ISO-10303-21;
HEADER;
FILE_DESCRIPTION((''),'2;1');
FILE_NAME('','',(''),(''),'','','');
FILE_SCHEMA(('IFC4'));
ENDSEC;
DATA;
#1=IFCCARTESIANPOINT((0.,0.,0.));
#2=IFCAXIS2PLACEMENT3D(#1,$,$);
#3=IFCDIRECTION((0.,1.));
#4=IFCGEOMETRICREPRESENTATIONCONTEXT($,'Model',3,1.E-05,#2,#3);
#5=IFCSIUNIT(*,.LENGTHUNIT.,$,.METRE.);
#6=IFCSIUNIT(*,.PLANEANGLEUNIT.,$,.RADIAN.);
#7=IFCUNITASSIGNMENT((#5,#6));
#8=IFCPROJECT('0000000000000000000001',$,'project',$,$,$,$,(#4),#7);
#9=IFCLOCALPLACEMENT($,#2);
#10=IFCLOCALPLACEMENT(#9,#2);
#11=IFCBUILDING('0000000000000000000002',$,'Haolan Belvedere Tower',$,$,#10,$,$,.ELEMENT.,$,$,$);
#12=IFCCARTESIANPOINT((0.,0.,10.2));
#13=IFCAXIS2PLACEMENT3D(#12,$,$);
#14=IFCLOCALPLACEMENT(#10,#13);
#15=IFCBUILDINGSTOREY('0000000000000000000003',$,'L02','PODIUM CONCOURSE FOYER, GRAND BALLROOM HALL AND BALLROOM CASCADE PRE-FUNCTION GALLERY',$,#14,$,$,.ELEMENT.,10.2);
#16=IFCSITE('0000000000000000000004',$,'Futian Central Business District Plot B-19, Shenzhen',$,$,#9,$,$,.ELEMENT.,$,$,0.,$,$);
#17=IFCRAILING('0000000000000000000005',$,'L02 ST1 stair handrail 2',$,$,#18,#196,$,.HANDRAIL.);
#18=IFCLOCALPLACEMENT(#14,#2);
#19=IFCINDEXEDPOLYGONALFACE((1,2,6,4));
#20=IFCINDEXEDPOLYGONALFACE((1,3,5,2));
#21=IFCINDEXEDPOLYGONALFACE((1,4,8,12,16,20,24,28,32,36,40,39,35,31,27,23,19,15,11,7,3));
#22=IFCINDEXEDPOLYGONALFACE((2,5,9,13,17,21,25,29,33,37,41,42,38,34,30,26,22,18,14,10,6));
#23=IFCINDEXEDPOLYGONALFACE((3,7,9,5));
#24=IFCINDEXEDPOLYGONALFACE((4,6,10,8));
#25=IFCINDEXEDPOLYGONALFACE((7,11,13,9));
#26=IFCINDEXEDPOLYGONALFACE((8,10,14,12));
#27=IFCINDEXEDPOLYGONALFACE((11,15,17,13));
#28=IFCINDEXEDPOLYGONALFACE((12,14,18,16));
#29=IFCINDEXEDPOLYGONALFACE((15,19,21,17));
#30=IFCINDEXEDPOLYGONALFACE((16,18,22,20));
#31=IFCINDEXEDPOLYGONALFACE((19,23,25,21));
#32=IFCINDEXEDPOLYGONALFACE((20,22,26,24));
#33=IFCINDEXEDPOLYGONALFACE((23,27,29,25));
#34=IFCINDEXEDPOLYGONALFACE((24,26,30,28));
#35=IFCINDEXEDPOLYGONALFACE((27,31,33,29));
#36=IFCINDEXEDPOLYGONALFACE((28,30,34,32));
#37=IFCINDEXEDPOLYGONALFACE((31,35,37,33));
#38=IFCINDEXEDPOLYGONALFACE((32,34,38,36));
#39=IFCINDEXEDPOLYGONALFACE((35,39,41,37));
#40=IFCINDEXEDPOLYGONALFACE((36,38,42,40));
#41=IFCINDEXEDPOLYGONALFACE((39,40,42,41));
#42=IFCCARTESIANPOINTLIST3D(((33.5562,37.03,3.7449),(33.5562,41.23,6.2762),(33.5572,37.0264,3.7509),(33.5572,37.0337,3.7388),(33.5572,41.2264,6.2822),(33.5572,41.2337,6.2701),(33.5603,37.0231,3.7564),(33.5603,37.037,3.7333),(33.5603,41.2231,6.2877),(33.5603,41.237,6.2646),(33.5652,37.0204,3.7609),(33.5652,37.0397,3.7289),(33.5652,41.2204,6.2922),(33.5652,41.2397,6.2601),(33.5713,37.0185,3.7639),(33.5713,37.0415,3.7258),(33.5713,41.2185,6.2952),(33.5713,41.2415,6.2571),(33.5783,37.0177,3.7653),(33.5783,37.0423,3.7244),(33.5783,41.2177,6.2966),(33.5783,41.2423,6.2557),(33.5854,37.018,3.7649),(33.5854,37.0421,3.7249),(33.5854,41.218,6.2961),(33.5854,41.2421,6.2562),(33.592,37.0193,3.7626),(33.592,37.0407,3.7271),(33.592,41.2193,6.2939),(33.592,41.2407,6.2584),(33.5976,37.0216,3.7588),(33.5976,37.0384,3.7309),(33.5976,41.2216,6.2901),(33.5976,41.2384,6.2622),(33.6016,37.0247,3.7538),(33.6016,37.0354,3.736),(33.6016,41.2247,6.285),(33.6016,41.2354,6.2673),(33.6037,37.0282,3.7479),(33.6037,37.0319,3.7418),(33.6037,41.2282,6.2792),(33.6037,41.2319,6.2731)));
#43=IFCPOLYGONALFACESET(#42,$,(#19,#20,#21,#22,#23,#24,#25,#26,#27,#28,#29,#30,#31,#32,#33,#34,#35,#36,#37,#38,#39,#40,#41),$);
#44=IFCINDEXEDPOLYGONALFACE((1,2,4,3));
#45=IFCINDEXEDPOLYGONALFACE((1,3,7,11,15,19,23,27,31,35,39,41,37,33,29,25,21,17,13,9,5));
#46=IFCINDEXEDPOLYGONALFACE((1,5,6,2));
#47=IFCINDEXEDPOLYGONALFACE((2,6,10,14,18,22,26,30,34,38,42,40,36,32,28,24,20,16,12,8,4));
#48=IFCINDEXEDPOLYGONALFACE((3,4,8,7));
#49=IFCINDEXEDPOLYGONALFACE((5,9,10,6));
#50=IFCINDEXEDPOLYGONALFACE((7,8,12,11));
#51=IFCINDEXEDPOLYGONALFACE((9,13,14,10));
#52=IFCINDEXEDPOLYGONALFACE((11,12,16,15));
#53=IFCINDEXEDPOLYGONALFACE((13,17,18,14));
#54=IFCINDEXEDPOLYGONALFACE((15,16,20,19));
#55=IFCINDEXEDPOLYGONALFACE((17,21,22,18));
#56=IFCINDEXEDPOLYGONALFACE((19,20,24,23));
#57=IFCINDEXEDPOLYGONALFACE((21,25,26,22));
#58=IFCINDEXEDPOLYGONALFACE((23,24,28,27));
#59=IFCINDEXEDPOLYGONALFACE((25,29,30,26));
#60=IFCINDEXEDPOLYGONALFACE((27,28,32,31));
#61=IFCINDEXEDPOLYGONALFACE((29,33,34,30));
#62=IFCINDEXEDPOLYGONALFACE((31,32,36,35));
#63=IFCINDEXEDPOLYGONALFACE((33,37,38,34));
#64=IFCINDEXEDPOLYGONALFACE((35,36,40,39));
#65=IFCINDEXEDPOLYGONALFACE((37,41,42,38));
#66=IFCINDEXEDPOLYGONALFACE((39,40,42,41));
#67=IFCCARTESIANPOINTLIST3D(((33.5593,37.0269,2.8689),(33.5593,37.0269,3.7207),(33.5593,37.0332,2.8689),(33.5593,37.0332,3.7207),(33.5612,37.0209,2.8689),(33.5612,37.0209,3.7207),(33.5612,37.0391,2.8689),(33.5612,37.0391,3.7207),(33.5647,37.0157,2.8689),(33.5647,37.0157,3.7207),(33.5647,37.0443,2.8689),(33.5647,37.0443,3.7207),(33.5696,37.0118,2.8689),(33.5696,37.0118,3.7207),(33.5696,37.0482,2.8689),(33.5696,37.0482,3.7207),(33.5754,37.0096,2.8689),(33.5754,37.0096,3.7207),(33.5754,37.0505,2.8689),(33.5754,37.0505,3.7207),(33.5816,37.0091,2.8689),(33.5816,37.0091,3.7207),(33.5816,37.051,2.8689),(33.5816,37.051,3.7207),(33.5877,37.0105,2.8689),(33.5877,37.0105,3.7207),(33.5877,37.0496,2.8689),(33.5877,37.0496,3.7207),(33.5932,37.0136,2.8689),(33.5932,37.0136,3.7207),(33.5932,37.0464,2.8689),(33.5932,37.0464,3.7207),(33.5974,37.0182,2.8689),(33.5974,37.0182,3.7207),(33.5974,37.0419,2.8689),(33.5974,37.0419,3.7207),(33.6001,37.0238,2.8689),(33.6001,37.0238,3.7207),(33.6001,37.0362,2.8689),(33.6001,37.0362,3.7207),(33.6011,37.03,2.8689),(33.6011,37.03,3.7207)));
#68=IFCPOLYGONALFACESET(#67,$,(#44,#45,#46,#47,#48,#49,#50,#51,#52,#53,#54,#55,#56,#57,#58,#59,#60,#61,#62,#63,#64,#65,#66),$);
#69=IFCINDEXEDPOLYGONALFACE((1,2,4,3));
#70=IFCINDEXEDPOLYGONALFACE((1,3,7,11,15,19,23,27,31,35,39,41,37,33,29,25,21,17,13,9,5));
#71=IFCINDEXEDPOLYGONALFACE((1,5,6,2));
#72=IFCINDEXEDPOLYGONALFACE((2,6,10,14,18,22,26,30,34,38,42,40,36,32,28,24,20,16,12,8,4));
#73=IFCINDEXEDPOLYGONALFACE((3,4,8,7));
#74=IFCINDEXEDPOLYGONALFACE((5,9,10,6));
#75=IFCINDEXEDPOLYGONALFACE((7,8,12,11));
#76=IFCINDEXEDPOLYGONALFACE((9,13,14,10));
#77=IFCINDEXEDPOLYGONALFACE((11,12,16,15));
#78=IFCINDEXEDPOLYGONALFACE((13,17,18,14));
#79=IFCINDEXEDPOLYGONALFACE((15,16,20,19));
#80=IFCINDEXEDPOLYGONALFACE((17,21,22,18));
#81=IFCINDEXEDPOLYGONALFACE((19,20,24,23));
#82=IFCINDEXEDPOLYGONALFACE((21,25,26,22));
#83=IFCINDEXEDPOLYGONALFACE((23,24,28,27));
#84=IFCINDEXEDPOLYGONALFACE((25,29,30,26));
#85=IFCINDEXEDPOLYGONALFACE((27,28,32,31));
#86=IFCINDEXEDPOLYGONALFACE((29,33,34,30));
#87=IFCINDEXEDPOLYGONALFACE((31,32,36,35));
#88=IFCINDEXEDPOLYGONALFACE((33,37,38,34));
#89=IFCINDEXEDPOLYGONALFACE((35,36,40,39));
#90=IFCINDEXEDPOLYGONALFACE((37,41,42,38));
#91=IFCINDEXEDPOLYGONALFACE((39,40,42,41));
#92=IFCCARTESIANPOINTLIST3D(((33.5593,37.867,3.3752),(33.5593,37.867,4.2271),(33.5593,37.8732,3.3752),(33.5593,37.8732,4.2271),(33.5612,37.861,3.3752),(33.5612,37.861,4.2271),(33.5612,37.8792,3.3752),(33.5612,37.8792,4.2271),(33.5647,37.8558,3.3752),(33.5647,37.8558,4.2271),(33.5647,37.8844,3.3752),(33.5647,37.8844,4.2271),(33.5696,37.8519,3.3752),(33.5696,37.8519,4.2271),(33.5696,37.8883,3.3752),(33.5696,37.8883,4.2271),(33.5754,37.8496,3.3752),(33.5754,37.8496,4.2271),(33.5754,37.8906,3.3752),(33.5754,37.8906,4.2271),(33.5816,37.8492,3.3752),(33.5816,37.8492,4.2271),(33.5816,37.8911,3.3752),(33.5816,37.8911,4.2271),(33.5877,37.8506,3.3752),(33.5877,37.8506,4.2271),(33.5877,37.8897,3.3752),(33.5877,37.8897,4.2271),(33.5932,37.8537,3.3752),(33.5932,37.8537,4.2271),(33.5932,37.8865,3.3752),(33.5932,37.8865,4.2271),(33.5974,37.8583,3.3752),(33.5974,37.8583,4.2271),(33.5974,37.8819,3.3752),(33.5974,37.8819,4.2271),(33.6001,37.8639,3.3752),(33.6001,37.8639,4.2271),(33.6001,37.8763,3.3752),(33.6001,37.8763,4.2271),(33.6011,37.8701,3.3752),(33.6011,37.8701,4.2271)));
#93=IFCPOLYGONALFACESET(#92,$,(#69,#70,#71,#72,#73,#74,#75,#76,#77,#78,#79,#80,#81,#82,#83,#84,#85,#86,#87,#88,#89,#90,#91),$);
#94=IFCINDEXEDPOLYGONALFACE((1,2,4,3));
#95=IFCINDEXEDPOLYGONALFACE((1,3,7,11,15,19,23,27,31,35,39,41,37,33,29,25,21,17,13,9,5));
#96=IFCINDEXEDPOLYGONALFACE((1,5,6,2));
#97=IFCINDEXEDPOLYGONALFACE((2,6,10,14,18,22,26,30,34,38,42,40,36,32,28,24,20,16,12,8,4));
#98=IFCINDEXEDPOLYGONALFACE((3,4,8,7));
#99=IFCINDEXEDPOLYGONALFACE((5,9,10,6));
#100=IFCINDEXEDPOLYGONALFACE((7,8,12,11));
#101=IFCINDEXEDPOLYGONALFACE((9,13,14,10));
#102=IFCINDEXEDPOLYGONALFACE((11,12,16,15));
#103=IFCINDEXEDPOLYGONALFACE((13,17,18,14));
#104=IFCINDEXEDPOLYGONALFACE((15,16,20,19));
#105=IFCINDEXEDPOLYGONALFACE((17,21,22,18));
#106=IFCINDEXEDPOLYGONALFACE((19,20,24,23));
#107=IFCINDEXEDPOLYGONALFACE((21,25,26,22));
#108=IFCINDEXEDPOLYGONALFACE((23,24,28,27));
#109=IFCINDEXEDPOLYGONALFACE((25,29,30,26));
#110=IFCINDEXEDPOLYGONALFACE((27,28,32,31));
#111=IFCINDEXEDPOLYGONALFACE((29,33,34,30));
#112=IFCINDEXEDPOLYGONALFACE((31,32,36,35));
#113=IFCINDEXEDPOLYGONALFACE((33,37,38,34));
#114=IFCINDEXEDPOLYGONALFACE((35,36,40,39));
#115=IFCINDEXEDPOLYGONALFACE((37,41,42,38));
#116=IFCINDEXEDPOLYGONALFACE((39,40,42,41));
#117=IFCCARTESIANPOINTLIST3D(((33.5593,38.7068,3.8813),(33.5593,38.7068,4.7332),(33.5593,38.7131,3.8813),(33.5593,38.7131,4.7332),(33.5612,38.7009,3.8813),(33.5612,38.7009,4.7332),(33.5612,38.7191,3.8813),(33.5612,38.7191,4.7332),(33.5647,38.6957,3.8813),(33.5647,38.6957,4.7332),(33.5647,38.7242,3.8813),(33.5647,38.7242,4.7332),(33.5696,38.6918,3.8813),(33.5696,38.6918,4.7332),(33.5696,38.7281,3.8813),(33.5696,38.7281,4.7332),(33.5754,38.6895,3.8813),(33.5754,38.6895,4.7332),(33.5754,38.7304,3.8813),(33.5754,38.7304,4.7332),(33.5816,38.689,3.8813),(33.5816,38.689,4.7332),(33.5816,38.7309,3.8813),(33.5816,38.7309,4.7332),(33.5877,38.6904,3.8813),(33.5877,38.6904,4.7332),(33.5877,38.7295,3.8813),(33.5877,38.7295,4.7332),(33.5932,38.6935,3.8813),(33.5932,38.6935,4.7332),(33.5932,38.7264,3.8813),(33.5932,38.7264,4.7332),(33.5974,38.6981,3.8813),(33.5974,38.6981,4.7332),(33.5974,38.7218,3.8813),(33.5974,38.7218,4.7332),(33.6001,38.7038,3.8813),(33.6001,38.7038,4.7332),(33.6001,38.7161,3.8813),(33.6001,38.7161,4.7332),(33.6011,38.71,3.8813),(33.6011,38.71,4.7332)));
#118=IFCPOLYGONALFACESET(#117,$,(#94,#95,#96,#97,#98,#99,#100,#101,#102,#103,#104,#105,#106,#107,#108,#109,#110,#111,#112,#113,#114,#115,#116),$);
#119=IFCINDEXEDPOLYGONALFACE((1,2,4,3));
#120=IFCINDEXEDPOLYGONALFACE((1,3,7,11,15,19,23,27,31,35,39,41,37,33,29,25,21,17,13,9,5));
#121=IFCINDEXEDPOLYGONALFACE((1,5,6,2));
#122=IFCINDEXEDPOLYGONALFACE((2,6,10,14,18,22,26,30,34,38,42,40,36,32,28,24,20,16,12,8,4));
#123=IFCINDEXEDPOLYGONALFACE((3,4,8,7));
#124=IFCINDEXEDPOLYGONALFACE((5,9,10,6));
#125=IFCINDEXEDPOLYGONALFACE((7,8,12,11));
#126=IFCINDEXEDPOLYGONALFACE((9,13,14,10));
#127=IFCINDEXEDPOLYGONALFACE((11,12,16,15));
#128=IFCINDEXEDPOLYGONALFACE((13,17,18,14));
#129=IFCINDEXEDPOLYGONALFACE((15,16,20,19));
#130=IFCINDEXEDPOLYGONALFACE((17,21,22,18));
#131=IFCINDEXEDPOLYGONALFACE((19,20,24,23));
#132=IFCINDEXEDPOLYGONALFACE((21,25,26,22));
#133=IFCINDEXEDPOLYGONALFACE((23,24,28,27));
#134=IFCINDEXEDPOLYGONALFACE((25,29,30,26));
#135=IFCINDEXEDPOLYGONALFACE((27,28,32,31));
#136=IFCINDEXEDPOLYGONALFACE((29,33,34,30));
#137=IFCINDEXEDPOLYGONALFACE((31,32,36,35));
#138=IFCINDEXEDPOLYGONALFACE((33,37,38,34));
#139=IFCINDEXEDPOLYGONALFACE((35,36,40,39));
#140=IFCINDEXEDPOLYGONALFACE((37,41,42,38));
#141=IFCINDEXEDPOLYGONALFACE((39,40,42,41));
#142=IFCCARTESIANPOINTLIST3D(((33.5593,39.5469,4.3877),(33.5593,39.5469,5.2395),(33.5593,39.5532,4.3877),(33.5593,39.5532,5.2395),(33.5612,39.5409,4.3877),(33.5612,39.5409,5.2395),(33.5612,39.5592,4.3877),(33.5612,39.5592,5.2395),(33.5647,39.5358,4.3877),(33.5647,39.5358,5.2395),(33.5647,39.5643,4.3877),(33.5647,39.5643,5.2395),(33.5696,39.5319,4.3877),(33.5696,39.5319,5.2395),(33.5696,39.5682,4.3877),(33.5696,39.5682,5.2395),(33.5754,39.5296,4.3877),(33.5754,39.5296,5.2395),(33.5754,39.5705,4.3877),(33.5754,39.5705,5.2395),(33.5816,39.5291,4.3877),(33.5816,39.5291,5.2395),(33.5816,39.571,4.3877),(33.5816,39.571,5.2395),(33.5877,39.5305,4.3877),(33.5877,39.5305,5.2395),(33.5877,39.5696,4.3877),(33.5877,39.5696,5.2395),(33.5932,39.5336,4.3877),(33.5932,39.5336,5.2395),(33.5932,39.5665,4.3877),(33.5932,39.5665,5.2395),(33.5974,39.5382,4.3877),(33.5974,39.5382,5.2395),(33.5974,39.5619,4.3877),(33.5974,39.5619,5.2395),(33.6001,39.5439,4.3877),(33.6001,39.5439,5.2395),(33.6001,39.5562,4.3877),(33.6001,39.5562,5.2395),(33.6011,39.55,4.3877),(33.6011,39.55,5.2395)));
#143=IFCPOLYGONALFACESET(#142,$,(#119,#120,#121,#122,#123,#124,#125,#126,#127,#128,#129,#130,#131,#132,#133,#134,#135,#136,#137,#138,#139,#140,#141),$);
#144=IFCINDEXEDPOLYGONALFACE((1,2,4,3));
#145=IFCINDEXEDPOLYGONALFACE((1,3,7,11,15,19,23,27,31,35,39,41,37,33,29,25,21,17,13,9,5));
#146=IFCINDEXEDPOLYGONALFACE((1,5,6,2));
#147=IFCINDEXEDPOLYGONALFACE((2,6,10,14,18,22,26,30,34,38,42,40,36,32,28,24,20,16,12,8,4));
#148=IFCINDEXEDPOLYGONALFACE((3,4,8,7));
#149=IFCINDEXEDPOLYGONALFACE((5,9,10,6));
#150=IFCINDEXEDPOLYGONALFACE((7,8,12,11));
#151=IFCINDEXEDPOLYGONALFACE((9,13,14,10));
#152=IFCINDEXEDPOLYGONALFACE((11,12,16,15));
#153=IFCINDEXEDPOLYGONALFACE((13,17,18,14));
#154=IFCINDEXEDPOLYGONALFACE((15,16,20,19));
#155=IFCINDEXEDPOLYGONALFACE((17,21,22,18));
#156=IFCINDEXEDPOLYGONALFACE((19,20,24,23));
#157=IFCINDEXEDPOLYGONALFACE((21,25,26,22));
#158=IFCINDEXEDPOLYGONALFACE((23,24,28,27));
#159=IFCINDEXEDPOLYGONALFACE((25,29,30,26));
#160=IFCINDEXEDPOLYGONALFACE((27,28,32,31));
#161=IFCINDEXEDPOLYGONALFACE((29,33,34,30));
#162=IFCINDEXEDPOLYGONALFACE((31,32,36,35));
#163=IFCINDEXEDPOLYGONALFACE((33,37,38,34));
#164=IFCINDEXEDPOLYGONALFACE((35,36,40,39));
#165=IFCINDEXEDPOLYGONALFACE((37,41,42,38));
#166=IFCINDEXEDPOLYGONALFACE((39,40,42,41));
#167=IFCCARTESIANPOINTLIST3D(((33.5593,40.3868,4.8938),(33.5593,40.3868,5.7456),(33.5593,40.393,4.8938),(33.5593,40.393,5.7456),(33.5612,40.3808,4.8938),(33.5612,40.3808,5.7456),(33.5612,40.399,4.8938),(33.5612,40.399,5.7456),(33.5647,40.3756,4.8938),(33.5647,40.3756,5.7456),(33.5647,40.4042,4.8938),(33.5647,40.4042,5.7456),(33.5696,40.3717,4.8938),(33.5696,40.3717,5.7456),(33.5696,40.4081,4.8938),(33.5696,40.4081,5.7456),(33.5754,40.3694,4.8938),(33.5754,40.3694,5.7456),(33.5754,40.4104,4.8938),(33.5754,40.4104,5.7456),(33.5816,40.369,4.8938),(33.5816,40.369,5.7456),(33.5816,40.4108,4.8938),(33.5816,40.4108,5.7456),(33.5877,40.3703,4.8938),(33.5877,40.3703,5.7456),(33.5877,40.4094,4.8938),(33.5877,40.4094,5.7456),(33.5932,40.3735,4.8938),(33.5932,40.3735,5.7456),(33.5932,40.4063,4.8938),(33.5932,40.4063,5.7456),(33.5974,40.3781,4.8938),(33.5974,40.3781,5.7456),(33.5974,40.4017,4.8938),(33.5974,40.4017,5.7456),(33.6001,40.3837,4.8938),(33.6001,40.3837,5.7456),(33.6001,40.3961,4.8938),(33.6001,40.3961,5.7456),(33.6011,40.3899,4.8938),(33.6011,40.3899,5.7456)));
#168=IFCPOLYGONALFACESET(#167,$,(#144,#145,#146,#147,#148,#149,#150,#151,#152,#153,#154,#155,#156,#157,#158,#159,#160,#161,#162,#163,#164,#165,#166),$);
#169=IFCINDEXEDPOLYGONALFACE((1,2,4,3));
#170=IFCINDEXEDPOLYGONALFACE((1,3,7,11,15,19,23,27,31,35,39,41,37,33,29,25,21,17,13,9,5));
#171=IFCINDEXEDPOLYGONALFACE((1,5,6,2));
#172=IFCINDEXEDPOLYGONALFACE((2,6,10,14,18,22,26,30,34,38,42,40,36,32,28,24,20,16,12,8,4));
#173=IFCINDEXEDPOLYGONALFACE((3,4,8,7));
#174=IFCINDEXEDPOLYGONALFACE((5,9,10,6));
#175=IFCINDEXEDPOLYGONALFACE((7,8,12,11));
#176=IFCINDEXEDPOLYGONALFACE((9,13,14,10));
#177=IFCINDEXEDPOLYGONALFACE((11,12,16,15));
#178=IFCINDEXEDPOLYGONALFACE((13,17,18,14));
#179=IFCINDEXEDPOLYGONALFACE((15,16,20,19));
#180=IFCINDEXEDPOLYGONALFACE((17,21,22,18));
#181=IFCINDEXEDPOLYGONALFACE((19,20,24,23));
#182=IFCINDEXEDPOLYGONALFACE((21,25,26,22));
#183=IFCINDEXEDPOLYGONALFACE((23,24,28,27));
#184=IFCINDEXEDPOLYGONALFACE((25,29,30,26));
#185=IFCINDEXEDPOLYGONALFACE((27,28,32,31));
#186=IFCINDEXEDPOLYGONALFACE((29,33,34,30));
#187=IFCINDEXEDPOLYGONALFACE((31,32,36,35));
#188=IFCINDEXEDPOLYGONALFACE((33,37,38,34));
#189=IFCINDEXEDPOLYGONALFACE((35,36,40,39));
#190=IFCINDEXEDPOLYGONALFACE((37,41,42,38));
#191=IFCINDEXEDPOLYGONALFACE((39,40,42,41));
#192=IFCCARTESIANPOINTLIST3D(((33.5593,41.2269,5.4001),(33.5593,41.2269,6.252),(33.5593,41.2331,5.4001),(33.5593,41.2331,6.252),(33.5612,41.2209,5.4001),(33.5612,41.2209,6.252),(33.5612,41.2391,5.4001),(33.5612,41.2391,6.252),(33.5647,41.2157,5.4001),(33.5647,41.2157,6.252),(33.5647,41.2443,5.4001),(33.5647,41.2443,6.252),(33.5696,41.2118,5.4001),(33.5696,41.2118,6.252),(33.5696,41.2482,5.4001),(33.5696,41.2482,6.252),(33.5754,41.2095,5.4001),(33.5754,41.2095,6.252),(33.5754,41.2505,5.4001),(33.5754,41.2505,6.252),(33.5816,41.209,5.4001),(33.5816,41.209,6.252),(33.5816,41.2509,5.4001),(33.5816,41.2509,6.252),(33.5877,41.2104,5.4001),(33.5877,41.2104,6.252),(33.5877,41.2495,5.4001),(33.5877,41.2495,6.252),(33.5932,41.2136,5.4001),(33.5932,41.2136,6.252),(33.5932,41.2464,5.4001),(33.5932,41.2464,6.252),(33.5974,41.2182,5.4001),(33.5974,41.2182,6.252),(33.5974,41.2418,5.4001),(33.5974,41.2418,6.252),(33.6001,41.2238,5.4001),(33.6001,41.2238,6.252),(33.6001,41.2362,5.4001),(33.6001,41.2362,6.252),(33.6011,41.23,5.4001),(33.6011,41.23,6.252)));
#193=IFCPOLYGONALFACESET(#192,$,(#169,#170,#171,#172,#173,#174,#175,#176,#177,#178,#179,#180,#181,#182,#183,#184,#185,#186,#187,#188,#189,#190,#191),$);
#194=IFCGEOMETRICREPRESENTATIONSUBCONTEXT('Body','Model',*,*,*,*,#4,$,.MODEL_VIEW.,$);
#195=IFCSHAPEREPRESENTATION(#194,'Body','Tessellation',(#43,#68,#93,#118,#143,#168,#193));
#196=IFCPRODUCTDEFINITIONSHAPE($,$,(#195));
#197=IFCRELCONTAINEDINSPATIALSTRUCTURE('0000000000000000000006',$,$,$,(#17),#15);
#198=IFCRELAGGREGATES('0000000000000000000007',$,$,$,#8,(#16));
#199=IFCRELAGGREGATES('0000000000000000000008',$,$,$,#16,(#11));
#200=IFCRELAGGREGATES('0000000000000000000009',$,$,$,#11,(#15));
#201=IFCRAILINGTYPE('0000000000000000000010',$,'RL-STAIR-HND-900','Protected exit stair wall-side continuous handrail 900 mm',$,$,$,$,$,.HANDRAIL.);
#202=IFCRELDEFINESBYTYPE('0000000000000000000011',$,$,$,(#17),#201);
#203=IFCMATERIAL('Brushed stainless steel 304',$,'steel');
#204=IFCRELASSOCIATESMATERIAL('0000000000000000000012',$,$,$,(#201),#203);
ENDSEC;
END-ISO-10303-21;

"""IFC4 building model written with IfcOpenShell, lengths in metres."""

from ifc_helpers import new_model, si_unit, direction, frame, origin, origin_2d, place, context, subcontext, project, spatial, circle, extrude, material, type_object, element, save


model = new_model("IFC4")

# Units and contexts
model_context = context("Model", 3, precision=1e-05, world=origin(), true_north=direction((0.0, 1.0)))
body_context = subcontext(model_context, "Body", "Model", "MODEL_VIEW")
ifc_project = project(units=[si_unit("LENGTHUNIT", "METRE"), si_unit("PLANEANGLEUNIT", "RADIAN")], contexts=[model_context])

# Site, building, storey
site_placement = place(None, origin())
site = spatial("IfcSite", under=ifc_project, at=site_placement, Name="Futian Central Business District Plot B-19, Shenzhen", CompositionType="ELEMENT", RefElevation=0.0)
building_placement = place(site_placement, origin())
building = spatial("IfcBuilding", under=site, at=building_placement, Name="Haolan Belvedere Tower", CompositionType="ELEMENT")
storey_placement = place(building_placement, frame((0.0, 0.0, 10.2)))
storey = spatial("IfcBuildingStorey", under=building, at=storey_placement, Name="L02", Description="PODIUM CONCOURSE FOYER, GRAND BALLROOM HALL AND BALLROOM CASCADE PRE-FUNCTION GALLERY", CompositionType="ELEMENT", Elevation=10.2)

# Railing
ifc_material_1 = material(Name="Brushed stainless steel 304", Category="steel")
railing_type_1 = type_object("IfcRailingType", Name="RL-STAIR-HND-900", Description="Protected exit stair wall-side continuous handrail 900 mm", PredefinedType="HANDRAIL", material=ifc_material_1)
railing_1_placement = place(storey_placement, frame((33.5801, 37.03, 2.8689)))
element("IfcRailing", 1, at=railing_1_placement, inside=storey, type_object=railing_type_1, Name="L02 ST1 stair handrail 2", PredefinedType="HANDRAIL", context=body_context, shape_type="SweptSolid", body=[
    extrude(circle(Radius=0.0239, at=origin_2d()), frame((0.0, 0.0, 0.876), z_axis=(0.0, 0.856476, 0.516186), x_axis=(-1.0, 0.0, 0.0)), (0.0, 0.0, 1.0), 4.9038),
    extrude(circle(Radius=0.021, at=origin_2d()), origin(), (0.0, 0.0, 1.0), 0.8518),
    extrude(circle(Radius=0.021, at=origin_2d()), frame((0.0, 0.8401, 0.5063)), (0.0, 0.0, 1.0), 0.8518),
    extrude(circle(Radius=0.021, at=origin_2d()), frame((0.0, 1.6799, 1.0125)), (0.0, 0.0, 1.0), 0.8518),
    extrude(circle(Radius=0.021, at=origin_2d()), frame((0.0, 2.52, 1.5188)), (0.0, 0.0, 1.0), 0.8518),
    extrude(circle(Radius=0.021, at=origin_2d()), frame((0.0, 3.3599, 2.0249)), (0.0, 0.0, 1.0), 0.8518),
    extrude(circle(Radius=0.021, at=origin_2d()), frame((0.0, 4.2, 2.5312)), (0.0, 0.0, 1.0), 0.8518),
])

save(model, "model.ifc")
